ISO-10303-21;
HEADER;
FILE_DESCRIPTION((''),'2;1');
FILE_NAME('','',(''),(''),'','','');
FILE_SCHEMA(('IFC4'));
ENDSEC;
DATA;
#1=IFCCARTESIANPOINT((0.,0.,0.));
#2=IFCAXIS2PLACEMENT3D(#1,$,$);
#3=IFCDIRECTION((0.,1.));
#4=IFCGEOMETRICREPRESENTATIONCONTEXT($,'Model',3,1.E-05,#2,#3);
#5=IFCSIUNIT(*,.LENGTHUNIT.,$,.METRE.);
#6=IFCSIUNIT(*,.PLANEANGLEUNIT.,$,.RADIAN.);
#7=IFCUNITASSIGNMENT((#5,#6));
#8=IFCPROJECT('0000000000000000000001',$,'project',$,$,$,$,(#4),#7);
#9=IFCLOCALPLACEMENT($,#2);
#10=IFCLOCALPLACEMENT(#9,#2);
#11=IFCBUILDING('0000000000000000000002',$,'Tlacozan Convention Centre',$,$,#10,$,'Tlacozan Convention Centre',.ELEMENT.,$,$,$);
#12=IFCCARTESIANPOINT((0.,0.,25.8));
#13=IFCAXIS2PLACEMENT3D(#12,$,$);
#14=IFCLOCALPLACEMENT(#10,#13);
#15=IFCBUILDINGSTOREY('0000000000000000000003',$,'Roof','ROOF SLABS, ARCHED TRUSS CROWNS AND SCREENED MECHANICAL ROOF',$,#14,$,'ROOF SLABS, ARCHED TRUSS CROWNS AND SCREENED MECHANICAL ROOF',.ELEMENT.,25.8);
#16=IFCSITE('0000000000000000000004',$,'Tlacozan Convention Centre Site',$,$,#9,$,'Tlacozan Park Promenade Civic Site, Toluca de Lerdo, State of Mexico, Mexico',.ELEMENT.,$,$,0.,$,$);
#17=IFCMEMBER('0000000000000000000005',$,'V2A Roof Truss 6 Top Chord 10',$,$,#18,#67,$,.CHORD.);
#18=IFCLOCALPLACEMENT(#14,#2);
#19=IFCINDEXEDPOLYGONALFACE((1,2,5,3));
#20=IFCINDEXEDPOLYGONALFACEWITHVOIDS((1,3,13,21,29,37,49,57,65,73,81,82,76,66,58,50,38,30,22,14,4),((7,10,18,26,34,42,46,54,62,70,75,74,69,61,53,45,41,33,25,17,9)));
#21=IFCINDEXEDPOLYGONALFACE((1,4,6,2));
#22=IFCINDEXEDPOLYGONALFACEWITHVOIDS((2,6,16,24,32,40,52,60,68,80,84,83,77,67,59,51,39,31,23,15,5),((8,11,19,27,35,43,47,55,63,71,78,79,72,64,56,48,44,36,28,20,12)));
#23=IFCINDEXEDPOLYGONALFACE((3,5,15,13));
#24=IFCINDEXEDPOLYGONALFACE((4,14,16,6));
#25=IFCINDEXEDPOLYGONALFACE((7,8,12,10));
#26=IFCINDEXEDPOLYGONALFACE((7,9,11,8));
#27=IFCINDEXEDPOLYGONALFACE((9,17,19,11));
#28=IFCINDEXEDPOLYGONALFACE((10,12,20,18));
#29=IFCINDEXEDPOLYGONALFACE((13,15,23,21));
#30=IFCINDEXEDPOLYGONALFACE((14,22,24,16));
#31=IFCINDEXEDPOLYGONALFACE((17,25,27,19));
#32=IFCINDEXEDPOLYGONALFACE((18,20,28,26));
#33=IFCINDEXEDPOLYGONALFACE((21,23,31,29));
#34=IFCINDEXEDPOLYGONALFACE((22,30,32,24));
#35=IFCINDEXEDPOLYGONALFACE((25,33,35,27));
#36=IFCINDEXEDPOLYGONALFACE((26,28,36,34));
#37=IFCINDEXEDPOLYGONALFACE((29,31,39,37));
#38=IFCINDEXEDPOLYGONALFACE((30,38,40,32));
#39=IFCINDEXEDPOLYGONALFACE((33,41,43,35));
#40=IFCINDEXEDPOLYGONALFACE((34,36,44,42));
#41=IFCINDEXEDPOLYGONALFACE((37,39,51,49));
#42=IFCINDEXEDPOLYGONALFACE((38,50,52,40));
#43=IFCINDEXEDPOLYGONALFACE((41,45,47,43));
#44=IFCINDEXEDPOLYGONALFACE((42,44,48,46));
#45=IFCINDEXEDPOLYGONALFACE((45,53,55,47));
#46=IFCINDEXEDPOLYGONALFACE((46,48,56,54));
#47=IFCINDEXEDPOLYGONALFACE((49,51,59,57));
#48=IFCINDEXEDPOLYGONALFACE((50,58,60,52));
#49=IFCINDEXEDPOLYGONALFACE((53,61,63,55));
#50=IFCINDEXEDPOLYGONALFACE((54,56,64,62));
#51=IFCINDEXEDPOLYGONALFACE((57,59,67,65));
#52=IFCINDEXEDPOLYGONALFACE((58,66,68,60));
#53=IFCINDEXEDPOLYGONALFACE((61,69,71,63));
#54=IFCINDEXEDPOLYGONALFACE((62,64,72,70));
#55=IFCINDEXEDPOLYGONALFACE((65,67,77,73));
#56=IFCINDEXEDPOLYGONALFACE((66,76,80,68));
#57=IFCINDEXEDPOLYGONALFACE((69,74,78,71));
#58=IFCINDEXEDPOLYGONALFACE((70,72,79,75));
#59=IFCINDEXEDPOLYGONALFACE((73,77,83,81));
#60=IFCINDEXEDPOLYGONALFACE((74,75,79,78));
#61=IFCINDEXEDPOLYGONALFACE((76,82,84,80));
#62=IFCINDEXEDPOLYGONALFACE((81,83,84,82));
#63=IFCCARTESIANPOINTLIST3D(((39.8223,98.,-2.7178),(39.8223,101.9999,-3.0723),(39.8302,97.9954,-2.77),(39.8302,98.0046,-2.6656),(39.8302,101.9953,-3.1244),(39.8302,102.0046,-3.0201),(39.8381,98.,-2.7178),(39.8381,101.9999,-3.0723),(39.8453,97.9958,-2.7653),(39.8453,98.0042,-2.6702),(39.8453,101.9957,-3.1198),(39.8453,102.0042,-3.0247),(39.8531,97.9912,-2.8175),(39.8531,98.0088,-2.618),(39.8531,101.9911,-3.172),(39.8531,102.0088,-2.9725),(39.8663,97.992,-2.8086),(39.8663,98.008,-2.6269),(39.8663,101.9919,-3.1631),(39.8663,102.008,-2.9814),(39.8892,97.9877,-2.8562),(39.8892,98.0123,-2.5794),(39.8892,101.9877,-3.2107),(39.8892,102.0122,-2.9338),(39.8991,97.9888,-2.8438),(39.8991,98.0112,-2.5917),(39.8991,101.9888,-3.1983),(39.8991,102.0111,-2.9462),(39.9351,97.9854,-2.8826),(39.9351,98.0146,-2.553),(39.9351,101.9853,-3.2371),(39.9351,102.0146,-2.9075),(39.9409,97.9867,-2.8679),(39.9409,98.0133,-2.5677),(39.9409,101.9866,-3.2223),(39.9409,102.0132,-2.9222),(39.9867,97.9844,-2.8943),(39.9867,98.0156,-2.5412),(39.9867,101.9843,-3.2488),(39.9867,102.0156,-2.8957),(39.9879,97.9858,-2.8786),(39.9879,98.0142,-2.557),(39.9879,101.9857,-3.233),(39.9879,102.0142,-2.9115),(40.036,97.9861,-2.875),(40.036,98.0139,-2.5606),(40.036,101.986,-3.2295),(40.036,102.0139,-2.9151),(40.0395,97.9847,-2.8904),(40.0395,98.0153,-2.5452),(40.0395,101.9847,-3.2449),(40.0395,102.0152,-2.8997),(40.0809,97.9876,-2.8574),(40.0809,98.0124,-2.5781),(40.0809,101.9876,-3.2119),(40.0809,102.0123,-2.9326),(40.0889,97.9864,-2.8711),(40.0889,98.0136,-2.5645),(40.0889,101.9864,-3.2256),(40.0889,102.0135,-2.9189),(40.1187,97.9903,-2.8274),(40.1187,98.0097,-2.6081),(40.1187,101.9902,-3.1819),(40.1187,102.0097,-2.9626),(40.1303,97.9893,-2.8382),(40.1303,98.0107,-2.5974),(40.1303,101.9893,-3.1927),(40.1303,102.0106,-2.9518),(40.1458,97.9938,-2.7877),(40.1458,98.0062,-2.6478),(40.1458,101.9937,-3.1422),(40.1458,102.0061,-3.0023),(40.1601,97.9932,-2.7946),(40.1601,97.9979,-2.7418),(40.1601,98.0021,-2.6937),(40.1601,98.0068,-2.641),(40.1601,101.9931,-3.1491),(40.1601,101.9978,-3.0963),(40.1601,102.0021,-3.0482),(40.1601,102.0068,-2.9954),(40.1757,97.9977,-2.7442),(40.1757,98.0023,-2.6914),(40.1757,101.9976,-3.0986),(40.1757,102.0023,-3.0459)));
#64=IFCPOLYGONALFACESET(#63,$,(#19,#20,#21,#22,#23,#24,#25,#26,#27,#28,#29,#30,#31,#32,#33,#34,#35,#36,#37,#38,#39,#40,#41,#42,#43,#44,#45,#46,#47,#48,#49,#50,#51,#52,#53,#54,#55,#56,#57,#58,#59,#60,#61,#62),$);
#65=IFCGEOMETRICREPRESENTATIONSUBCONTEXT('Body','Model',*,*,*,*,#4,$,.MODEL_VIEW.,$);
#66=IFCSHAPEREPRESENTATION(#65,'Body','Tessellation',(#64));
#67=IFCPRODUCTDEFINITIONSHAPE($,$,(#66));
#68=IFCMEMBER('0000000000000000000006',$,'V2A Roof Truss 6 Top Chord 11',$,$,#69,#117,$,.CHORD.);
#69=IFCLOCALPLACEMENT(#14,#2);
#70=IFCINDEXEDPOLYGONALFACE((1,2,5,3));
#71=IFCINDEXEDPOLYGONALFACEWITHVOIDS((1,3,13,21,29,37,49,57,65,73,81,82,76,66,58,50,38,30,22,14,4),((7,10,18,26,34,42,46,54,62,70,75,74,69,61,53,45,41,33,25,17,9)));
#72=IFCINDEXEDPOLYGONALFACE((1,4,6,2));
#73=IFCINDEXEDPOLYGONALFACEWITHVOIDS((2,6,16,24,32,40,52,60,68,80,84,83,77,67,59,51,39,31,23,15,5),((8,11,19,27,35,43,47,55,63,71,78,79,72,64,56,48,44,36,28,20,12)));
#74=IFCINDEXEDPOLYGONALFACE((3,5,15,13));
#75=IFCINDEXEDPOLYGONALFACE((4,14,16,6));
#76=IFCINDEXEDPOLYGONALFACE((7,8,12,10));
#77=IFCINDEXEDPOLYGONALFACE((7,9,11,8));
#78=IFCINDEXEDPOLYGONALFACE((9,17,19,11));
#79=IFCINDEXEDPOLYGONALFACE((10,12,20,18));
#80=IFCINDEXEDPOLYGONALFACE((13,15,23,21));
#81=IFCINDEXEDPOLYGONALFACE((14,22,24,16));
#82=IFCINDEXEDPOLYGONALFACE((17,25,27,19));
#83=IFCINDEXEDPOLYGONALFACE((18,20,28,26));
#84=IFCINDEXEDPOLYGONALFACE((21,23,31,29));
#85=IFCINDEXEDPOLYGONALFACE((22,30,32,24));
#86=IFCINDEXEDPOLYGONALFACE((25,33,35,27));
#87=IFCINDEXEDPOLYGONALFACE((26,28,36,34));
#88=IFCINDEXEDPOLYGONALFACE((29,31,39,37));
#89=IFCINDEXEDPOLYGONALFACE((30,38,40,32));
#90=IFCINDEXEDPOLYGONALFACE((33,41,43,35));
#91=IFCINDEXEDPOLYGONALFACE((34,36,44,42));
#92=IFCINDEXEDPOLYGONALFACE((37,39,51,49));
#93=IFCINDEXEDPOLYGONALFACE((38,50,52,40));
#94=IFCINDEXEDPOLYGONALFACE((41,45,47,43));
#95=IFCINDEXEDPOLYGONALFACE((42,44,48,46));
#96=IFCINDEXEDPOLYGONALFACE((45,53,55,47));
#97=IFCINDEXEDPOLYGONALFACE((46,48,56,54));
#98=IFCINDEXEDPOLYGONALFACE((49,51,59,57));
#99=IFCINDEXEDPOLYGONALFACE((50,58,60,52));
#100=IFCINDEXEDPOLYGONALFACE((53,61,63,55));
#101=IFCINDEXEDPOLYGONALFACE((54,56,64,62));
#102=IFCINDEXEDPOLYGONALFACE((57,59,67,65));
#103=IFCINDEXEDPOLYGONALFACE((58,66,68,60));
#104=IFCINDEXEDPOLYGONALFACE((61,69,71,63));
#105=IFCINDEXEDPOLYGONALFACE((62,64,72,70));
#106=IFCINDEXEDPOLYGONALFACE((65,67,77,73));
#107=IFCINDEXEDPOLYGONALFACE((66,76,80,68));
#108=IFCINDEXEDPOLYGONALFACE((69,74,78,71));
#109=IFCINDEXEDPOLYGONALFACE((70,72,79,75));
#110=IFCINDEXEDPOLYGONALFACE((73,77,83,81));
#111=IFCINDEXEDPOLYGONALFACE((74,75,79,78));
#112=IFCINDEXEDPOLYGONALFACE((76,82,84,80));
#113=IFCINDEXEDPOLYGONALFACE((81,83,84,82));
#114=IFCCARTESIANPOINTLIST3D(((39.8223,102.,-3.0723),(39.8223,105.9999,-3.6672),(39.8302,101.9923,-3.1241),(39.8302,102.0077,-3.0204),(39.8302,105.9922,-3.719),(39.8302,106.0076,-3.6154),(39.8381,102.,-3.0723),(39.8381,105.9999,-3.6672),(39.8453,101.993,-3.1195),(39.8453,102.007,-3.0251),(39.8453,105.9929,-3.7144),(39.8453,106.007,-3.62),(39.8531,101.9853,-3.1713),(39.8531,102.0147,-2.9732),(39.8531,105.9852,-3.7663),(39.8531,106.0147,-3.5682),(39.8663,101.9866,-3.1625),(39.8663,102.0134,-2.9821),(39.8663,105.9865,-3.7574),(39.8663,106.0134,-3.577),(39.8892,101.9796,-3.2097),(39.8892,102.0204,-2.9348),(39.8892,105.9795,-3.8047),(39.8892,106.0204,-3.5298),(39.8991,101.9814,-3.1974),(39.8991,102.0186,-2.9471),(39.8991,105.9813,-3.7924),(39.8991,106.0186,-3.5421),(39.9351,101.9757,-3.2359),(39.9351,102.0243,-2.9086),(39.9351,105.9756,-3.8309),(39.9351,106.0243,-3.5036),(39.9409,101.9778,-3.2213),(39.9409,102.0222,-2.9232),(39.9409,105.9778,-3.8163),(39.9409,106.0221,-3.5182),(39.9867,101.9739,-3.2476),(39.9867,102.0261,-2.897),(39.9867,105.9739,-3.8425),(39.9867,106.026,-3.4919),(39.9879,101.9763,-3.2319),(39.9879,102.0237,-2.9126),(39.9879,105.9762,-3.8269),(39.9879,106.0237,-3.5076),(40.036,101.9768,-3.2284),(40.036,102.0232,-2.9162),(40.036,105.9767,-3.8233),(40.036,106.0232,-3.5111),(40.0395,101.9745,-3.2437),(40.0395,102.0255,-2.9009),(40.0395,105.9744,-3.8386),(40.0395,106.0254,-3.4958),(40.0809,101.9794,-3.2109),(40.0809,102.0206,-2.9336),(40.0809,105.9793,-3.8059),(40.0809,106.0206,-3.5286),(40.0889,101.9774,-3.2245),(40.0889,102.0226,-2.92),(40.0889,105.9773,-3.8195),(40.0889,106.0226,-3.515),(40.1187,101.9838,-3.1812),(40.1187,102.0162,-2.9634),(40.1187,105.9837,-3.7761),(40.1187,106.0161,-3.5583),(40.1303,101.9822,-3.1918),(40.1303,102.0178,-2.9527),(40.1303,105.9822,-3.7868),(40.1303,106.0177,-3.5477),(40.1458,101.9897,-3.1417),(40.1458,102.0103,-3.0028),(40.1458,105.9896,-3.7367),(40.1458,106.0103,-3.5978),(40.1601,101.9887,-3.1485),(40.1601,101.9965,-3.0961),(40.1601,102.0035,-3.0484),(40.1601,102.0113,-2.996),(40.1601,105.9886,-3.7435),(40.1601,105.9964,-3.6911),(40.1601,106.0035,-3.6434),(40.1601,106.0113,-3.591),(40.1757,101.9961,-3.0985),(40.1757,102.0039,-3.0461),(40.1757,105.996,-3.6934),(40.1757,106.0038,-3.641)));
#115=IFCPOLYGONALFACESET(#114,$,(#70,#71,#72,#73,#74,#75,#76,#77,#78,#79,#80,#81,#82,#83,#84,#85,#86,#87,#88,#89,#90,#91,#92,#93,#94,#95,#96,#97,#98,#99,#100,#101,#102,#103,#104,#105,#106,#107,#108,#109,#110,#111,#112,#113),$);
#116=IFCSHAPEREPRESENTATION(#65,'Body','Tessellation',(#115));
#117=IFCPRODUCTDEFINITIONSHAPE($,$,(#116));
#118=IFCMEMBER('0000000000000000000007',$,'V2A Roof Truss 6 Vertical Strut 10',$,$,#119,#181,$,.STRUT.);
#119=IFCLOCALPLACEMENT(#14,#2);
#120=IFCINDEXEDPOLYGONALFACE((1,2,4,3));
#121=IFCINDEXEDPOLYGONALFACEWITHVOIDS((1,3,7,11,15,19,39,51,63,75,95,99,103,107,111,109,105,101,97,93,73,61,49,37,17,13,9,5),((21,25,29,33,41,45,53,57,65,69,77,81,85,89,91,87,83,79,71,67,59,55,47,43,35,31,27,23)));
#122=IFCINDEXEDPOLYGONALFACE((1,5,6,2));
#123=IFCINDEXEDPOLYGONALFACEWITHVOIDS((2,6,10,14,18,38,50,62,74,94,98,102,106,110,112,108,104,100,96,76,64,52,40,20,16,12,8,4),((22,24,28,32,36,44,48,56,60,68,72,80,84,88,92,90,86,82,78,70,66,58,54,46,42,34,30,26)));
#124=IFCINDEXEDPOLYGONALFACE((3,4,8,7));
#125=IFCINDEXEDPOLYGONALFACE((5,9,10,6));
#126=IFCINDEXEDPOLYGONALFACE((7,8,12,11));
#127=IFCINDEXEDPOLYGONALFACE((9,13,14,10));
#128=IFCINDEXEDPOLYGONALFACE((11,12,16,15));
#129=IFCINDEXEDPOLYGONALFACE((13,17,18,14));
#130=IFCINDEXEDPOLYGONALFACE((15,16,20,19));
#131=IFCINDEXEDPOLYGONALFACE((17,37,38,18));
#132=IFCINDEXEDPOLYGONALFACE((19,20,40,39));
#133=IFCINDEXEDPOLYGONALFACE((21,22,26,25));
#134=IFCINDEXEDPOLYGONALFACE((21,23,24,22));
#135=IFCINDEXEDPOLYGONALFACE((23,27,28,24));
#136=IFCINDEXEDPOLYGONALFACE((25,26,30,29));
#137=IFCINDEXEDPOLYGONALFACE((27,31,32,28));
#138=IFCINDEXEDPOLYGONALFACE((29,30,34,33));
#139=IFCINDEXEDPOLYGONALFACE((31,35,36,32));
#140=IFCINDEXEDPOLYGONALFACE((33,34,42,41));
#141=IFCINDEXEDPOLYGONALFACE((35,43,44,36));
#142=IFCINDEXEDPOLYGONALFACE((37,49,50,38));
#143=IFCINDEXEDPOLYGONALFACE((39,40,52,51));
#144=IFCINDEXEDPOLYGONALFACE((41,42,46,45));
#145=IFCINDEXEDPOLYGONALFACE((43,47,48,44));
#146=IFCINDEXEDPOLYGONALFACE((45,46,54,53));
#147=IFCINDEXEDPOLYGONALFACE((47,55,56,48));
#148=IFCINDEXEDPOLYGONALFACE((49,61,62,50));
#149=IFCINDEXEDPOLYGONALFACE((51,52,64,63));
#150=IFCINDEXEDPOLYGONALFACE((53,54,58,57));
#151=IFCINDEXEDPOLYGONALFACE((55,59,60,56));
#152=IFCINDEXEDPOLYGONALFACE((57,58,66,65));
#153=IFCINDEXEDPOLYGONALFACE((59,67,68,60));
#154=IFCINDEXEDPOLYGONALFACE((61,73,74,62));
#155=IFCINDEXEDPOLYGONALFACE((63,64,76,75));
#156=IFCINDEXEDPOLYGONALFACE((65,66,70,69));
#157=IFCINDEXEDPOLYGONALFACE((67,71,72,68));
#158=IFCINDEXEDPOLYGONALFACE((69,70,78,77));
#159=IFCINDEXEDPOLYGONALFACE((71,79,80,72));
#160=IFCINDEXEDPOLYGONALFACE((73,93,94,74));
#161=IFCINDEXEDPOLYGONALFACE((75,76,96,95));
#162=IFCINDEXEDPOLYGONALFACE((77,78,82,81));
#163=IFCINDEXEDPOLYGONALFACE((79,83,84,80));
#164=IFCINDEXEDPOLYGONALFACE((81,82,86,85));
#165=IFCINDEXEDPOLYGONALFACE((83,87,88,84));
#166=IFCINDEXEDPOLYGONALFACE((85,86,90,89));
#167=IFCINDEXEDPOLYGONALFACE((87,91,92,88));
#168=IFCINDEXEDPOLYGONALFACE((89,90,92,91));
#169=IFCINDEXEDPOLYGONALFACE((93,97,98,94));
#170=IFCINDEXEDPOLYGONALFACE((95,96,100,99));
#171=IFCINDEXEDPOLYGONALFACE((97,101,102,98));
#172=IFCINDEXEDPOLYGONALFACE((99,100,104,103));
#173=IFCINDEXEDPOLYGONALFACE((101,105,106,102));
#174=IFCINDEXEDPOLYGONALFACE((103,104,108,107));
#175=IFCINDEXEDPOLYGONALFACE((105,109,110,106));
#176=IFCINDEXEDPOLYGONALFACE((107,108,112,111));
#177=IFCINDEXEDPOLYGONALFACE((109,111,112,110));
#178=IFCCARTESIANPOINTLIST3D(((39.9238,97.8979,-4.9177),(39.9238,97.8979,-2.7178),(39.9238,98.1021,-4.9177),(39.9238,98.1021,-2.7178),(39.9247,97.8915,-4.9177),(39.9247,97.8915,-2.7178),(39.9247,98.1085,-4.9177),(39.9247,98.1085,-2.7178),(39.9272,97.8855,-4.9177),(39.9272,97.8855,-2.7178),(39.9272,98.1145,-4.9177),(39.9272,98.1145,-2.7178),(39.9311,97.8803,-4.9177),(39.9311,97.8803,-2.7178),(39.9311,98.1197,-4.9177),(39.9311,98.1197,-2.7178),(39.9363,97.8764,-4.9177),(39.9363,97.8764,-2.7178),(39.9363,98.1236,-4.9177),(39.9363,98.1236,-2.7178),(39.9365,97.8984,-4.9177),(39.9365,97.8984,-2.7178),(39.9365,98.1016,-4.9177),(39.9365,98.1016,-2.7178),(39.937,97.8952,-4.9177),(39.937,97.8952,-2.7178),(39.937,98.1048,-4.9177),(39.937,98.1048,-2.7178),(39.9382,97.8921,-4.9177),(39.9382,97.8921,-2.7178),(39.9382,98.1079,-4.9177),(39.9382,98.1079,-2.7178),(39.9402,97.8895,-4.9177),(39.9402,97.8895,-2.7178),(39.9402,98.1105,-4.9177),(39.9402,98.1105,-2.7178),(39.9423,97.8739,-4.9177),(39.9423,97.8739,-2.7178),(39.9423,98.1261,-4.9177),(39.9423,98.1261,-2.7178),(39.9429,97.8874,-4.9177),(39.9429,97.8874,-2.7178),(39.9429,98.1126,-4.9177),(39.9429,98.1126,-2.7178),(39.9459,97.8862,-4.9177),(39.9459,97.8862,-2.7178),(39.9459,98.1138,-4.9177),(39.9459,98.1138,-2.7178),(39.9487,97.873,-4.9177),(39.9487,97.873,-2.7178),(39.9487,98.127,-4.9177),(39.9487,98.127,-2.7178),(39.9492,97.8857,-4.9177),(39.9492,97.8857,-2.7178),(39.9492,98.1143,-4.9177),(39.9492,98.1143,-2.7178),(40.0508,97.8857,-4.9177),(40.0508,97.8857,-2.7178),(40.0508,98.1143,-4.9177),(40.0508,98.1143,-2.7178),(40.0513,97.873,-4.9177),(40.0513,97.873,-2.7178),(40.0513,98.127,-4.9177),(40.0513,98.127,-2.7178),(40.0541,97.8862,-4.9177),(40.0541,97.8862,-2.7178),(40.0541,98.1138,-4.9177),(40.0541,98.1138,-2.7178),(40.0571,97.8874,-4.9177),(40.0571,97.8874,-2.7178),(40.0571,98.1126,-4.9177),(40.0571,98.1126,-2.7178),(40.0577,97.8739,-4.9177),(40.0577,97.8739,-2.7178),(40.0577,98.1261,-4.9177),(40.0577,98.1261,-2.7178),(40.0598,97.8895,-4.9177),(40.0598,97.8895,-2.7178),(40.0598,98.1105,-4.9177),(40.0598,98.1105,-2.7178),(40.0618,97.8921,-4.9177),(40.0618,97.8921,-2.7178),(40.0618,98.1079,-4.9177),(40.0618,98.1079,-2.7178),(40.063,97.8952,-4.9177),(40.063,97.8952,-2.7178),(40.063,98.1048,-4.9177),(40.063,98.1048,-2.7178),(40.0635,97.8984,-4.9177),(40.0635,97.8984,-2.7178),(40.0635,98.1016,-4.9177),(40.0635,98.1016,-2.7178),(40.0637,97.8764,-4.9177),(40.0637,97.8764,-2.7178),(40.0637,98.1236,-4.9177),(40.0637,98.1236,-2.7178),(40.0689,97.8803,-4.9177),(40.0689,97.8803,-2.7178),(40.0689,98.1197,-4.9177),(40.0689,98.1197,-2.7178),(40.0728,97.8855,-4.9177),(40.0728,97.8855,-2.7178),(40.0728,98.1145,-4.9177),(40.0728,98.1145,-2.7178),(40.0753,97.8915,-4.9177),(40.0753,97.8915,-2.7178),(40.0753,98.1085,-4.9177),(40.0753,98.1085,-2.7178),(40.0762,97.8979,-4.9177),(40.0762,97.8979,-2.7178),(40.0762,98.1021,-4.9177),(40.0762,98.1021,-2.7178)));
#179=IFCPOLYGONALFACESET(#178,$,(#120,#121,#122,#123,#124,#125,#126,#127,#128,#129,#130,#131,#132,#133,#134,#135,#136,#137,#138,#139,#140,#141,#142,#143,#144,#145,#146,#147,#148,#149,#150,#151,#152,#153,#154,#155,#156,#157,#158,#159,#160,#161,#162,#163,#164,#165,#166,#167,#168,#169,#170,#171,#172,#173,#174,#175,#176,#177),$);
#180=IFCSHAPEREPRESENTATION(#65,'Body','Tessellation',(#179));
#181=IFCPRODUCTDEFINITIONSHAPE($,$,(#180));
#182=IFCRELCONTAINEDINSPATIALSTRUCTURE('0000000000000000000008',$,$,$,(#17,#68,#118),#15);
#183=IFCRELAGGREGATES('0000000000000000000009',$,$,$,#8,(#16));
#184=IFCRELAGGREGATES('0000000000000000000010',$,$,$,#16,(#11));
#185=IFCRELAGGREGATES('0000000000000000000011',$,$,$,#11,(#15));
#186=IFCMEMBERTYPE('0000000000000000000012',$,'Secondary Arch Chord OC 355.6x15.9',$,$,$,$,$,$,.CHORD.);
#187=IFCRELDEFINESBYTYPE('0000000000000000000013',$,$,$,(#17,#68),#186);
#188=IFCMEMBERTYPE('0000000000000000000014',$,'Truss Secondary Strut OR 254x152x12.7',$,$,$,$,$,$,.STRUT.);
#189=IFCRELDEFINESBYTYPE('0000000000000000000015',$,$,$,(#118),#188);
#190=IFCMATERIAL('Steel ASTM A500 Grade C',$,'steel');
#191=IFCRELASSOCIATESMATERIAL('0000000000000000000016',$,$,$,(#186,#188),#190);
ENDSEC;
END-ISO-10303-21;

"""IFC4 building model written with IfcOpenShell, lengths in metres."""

from ifc_helpers import new_model, si_unit, direction, frame, origin, origin_2d, place, context, subcontext, project, spatial, hollow_rectangle, hollow_circle, extrude, material, material_profile, profile_set, type_object, element, save


model = new_model("IFC4")

# Units and contexts
model_context = context("Model", 3, precision=1e-05, world=origin(), true_north=direction((0.0, 1.0)))
body_context = subcontext(model_context, "Body", "Model", "MODEL_VIEW")
ifc_project = project(units=[si_unit("LENGTHUNIT", "METRE"), si_unit("PLANEANGLEUNIT", "RADIAN")], contexts=[model_context])

# Site, building, storey
site_placement = place(None, origin())
site = spatial("IfcSite", under=ifc_project, at=site_placement, Name="Tlacozan Convention Centre Site", LongName="Tlacozan Park Promenade Civic Site, Toluca de Lerdo, State of Mexico, Mexico", CompositionType="ELEMENT", RefElevation=0.0)
building_placement = place(site_placement, origin())
building = spatial("IfcBuilding", under=site, at=building_placement, Name="Tlacozan Convention Centre", LongName="Tlacozan Convention Centre", CompositionType="ELEMENT")
storey_placement = place(building_placement, frame((0.0, 0.0, 25.8)))
storey = spatial("IfcBuildingStorey", under=building, at=storey_placement, Name="Roof", Description="ROOF SLABS, ARCHED TRUSS CROWNS AND SCREENED MECHANICAL ROOF", LongName="ROOF SLABS, ARCHED TRUSS CROWNS AND SCREENED MECHANICAL ROOF", CompositionType="ELEMENT", Elevation=25.8)

# Members
ifc_material_1 = material(Name="Steel ASTM A500 Grade C", Category="steel")
ifc_material_profile_1 = material_profile(ifc_material_1, hollow_circle(Radius=0.1777, WallThickness=0.0159, at=origin_2d()), Name="OC 355.6x15.9")
ifc_profile_set_1 = profile_set([ifc_material_profile_1], Name="Steel ASTM A500 Grade C")
member_type_1 = type_object("IfcMemberType", Name="Secondary Arch Chord OC 355.6x15.9", PredefinedType="CHORD", material=ifc_profile_set_1)
member_1_placement = place(storey_placement, frame((40.0, 98.0, -2.7178), z_axis=(0.0, 0.996096, -0.088277), x_axis=(-1.0, 0.0, 0.0)))
element("IfcMember", 1, at=member_1_placement, inside=storey, type_object=member_type_1, Name="V2A Roof Truss 6 Top Chord 10", PredefinedType="CHORD", context=body_context, shape_type="SweptSolid", body=[
    extrude(hollow_circle(Radius=0.1777, WallThickness=0.0159, at=origin_2d()), origin(), (0.0, 0.0, 1.0), 4.0156),
])
member_2_placement = place(storey_placement, frame((40.0, 102.0, -3.0723), z_axis=(0.0, 0.989118, -0.147124), x_axis=(-1.0, 0.0, 0.0)))
element("IfcMember", 2, at=member_2_placement, inside=storey, type_object=member_type_1, Name="V2A Roof Truss 6 Top Chord 11", PredefinedType="CHORD", context=body_context, shape_type="SweptSolid", body=[
    extrude(hollow_circle(Radius=0.1777, WallThickness=0.0159, at=origin_2d()), origin(), (0.0, 0.0, 1.0), 4.0439),
])
ifc_material_profile_2 = material_profile(ifc_material_1, hollow_rectangle(XDim=0.1523, YDim=0.2539, WallThickness=0.0127, InnerFilletRadius=0.0127, OuterFilletRadius=0.0249, at=origin_2d()), Name="OR 254x152x12.7")
ifc_profile_set_2 = profile_set([ifc_material_profile_2], Name="Steel ASTM A500 Grade C")
member_type_2 = type_object("IfcMemberType", Name="Truss Secondary Strut OR 254x152x12.7", PredefinedType="STRUT", material=ifc_profile_set_2)
for number, where, z_axis, x_axis, name in (
    (3, (40.0, 98.0, -4.9177), (0.0, 0.0, 1.0), (1.0, 0.0, 0.0), "V2A Roof Truss 6 Vertical Strut 10"),
):
    element("IfcMember", number, at=place(storey_placement, frame(where, z_axis=z_axis, x_axis=x_axis)), inside=storey, type_object=member_type_2, Name=name, PredefinedType="STRUT", context=body_context, shape_type="SweptSolid", body=[
        extrude(hollow_rectangle(XDim=0.1523, YDim=0.2539, WallThickness=0.0127, InnerFilletRadius=0.0127, OuterFilletRadius=0.0249, at=origin_2d()), origin(), (0.0, 0.0, 1.0), 2.2),
    ])

save(model, "model.ifc")
